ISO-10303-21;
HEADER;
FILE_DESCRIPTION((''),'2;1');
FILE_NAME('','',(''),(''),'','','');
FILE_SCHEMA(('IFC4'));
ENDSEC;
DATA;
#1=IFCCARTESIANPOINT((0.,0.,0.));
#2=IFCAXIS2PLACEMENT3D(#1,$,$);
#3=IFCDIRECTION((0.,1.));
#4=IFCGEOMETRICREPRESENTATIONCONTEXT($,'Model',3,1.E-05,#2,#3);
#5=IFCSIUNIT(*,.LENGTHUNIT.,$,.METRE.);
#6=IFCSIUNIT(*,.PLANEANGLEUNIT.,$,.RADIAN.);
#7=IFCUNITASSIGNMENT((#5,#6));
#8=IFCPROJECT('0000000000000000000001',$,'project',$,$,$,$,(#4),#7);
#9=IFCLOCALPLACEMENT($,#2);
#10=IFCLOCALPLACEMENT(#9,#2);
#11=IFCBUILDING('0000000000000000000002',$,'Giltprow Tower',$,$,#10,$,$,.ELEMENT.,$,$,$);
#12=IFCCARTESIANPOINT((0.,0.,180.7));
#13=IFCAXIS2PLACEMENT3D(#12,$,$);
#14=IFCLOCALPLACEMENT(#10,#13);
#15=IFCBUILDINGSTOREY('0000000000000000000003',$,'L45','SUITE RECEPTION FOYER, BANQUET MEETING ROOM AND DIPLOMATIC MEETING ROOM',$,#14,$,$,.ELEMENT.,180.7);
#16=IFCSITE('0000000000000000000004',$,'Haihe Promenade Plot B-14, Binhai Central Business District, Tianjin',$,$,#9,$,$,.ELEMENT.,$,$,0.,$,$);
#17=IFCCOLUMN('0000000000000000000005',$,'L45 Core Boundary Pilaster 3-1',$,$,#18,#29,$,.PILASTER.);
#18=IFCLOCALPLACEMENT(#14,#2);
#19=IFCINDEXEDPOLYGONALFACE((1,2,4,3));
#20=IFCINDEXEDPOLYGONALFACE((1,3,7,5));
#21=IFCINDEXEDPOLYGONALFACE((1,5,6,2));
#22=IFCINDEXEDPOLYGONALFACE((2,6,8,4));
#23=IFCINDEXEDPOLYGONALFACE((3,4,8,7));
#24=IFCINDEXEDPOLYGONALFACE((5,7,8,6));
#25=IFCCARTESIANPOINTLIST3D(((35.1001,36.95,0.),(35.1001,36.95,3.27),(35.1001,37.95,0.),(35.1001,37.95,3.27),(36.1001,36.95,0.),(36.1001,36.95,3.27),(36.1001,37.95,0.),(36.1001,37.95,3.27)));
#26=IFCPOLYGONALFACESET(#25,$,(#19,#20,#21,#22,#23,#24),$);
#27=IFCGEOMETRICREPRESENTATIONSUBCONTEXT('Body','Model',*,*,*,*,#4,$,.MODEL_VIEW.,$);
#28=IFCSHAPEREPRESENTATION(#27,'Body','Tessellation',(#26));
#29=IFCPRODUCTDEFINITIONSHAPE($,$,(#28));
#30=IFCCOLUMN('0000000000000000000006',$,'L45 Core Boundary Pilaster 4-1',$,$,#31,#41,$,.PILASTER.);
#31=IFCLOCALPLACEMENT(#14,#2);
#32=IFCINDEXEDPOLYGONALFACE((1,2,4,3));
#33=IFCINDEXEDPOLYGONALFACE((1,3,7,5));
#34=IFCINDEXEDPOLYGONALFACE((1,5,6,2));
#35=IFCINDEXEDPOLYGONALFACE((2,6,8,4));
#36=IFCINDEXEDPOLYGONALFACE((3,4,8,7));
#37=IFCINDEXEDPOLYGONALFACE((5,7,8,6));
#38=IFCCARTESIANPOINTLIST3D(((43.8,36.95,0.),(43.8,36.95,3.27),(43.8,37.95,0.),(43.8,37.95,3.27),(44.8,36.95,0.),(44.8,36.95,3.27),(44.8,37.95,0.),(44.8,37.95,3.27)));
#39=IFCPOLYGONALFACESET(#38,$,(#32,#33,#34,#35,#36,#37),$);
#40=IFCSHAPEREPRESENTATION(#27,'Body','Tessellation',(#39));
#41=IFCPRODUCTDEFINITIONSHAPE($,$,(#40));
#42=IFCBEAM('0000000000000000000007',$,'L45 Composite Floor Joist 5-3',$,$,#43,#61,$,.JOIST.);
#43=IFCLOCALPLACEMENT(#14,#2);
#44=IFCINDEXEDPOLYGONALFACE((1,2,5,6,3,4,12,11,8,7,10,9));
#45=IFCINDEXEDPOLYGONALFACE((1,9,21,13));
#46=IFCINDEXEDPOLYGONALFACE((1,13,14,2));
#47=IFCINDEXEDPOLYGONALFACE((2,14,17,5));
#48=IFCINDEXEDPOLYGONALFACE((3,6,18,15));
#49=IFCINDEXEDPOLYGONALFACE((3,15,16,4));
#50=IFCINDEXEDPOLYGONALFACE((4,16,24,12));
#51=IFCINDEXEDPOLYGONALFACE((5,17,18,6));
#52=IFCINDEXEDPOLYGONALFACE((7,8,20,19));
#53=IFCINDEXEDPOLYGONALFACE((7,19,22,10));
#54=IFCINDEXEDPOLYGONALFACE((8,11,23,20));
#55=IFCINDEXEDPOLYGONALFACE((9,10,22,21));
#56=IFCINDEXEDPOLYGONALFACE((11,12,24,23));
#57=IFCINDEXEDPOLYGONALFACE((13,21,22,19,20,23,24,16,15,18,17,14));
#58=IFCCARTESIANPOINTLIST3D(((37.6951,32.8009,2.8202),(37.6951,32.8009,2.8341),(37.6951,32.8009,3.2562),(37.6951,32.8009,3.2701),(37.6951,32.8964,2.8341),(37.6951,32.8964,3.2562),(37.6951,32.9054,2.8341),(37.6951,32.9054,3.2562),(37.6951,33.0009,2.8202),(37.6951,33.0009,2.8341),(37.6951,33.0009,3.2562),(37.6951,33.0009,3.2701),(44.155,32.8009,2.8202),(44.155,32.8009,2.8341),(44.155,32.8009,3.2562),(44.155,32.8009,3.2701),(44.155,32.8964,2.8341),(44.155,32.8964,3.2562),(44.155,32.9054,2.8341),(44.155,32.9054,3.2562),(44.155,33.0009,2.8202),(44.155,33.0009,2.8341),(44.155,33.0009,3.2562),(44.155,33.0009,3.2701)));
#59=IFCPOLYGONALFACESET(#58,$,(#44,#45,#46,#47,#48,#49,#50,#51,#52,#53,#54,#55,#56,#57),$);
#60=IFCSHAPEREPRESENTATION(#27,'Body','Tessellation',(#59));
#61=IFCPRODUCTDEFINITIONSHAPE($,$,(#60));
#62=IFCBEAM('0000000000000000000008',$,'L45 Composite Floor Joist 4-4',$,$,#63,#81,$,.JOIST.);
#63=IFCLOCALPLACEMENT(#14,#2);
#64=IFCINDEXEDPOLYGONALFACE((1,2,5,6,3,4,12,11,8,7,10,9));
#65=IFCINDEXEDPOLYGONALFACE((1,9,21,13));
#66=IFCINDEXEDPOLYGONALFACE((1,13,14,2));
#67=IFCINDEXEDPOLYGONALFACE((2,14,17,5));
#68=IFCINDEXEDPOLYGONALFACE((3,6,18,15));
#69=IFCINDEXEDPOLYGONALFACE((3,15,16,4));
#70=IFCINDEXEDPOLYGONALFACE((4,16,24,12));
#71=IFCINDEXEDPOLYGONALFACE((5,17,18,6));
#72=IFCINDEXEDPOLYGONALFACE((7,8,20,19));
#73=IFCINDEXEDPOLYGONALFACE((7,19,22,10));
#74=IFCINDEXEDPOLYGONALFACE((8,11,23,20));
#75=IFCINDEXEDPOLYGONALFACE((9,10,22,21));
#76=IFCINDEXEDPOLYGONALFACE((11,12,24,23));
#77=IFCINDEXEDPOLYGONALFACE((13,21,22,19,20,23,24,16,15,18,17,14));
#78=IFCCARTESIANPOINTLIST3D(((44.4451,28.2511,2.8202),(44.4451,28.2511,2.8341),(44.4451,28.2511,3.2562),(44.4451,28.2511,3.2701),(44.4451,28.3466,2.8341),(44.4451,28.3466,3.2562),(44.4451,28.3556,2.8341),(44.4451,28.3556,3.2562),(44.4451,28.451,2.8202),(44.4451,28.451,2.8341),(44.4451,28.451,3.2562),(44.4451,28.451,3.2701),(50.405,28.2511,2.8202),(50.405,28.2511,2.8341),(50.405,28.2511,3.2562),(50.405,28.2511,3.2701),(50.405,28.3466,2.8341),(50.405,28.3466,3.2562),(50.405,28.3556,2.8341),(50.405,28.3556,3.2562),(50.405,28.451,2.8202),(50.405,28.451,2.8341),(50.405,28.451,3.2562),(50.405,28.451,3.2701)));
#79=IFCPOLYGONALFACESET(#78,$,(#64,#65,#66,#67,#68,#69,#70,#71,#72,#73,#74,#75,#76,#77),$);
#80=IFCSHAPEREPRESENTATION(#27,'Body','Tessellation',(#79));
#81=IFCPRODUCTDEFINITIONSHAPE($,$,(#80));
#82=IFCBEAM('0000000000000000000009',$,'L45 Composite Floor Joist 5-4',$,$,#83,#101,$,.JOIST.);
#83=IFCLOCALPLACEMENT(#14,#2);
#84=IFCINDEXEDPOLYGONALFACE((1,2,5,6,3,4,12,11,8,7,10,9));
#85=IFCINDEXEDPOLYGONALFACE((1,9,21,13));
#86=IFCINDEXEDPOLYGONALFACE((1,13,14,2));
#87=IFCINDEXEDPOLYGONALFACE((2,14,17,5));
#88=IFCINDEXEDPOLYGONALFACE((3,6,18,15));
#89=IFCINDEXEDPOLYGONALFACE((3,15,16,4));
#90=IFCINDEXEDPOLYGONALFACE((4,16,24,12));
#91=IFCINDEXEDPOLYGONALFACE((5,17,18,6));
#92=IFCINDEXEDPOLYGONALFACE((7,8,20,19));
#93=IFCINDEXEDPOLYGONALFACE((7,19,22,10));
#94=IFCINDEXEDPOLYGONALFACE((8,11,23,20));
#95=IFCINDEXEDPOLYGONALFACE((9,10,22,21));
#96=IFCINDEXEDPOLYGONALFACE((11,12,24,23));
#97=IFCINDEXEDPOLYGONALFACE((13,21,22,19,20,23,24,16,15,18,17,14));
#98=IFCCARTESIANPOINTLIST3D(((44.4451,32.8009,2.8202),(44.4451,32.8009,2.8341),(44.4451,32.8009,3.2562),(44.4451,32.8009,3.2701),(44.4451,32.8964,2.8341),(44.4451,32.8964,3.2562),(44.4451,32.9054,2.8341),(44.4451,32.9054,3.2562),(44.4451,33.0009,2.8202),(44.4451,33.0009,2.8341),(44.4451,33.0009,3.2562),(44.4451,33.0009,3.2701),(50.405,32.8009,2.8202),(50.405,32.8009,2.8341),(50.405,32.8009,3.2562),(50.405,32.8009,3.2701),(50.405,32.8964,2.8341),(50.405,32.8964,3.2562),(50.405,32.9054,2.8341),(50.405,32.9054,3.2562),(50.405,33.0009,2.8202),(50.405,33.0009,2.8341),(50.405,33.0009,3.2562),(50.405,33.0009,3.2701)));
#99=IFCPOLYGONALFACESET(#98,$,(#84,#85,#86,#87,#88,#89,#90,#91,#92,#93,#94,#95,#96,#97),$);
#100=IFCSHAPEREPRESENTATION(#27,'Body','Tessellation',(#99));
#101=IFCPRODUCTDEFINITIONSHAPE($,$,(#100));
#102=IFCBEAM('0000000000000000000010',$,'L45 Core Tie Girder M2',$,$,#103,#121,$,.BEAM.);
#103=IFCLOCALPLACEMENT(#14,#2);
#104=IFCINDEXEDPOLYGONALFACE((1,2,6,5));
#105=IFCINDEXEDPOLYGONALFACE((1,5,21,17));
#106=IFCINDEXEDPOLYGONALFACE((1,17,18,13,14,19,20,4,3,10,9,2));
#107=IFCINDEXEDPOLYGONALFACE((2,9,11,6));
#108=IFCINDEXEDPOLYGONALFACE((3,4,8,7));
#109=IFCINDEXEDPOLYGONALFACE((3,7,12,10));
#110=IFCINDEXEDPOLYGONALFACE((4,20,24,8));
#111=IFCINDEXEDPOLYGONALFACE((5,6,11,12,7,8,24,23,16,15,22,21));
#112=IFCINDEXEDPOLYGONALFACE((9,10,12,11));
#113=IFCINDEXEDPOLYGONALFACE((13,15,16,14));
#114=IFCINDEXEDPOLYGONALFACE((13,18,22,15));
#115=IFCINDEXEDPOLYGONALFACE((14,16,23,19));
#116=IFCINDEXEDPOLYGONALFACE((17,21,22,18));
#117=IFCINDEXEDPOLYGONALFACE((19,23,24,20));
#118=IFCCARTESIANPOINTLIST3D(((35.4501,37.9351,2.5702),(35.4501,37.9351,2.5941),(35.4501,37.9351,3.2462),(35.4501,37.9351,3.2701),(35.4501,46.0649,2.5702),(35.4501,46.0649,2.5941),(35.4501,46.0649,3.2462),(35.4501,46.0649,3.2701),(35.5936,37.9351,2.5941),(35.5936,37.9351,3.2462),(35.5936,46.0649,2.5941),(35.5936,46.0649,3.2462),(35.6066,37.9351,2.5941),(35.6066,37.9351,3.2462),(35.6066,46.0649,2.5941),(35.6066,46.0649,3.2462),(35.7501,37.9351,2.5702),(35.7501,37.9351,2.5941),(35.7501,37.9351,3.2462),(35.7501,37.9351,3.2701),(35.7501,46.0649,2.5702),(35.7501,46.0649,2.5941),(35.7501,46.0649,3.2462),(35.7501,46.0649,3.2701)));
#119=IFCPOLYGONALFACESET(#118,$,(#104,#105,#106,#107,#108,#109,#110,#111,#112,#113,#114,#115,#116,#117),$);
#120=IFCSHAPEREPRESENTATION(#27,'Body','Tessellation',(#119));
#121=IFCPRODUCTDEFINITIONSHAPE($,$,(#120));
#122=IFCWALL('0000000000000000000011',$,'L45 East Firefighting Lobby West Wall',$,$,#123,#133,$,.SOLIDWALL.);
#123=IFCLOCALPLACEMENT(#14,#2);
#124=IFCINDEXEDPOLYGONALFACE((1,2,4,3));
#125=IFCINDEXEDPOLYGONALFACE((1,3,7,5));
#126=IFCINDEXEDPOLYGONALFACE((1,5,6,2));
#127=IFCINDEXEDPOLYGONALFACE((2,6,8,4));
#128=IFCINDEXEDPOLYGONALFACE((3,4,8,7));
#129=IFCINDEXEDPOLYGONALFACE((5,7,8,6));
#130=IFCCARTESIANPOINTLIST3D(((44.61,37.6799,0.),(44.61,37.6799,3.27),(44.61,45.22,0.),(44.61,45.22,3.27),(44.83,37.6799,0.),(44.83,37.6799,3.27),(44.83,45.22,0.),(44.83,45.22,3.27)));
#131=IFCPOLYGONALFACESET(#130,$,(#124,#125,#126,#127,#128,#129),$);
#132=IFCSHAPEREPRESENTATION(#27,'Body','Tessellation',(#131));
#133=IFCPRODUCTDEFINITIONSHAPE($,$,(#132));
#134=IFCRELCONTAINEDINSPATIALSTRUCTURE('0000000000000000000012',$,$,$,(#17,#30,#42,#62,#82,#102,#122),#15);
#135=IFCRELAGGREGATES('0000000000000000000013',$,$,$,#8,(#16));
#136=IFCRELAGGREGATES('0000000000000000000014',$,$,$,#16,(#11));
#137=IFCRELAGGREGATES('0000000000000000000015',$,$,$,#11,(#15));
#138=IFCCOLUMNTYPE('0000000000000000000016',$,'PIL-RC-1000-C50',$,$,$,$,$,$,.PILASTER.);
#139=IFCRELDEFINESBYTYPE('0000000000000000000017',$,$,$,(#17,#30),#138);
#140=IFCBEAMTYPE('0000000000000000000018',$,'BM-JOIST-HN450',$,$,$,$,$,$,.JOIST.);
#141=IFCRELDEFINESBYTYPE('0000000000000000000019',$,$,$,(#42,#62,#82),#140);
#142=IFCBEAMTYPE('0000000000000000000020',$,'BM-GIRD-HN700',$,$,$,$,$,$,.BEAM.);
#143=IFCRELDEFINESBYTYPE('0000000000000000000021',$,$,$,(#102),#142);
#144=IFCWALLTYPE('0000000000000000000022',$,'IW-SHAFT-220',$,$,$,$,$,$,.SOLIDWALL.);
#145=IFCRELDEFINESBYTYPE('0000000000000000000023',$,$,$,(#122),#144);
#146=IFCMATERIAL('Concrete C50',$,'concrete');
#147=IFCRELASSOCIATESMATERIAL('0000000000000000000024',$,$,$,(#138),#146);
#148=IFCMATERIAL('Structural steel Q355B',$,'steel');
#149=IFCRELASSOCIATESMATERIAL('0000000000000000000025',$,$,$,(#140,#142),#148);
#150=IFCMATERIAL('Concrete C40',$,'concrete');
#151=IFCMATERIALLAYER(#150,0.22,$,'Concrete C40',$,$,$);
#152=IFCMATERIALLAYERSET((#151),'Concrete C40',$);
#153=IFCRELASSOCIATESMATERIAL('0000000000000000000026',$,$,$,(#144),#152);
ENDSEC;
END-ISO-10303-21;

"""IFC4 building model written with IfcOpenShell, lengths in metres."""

from ifc_helpers import new_model, si_unit, direction, frame, frame_2d, origin, origin_2d, place, context, subcontext, project, spatial, rectangle, i_section, extrude, source, transform, mapped, material, layer, layer_set, material_profile, profile_set, type_object, element, save


model = new_model("IFC4")

# Units and contexts
model_context = context("Model", 3, precision=1e-05, world=origin(), true_north=direction((0.0, 1.0)))
body_context = subcontext(model_context, "Body", "Model", "MODEL_VIEW")
ifc_project = project(units=[si_unit("LENGTHUNIT", "METRE"), si_unit("PLANEANGLEUNIT", "RADIAN")], contexts=[model_context])

# Site, building, storey
site_placement = place(None, origin())
site = spatial("IfcSite", under=ifc_project, at=site_placement, Name="Haihe Promenade Plot B-14, Binhai Central Business District, Tianjin", CompositionType="ELEMENT", RefElevation=0.0)
building_placement = place(site_placement, origin())
building = spatial("IfcBuilding", under=site, at=building_placement, Name="Giltprow Tower", CompositionType="ELEMENT")
storey_placement = place(building_placement, frame((0.0, 0.0, 180.7)))
storey = spatial("IfcBuildingStorey", under=building, at=storey_placement, Name="L45", Description="SUITE RECEPTION FOYER, BANQUET MEETING ROOM AND DIPLOMATIC MEETING ROOM", CompositionType="ELEMENT", Elevation=180.7)

# Columns
ifc_material_1 = material(Name="Concrete C50", Category="concrete")
ifc_material_profile_1 = material_profile(ifc_material_1, rectangle(XDim=1.0, YDim=1.0, at=origin_2d()), Name="RC 1000x1000")
ifc_profile_set_1 = profile_set([ifc_material_profile_1], Name="Concrete C50")
column_type = type_object("IfcColumnType", Name="PIL-RC-1000-C50", PredefinedType="PILASTER", material=ifc_profile_set_1)
shared_shape_1 = source(origin(), body_context, "Body", "SweptSolid", [
    extrude(rectangle(XDim=1.0, YDim=1.0, at=origin_2d()), origin(), (0.0, 0.0, 1.0), 3.27),
])
for number, where, z_axis, x_axis, name in (
    (1, (35.6001, 37.45, 0.0), (0.0, 0.0, 1.0), (1.0, 0.0, 0.0), "L45 Core Boundary Pilaster 3-1"),
    (2, (44.3, 37.45, 0.0), (0.0, 0.0, 1.0), (1.0, 0.0, 0.0), "L45 Core Boundary Pilaster 4-1"),
):
    element("IfcColumn", number, at=place(storey_placement, frame(where, z_axis=z_axis, x_axis=x_axis)), inside=storey, type_object=column_type, Name=name, PredefinedType="PILASTER", context=body_context, shape_type="MappedRepresentation", body=[
        mapped(shared_shape_1, transform((0.0, 0.0, 0.0), x_axis=(1.0, 0.0, 0.0), y_axis=(0.0, 1.0, 0.0), z_axis=(0.0, 0.0, 1.0), scale=1.0)),
    ])

# Beams
ifc_material_2 = material(Name="Structural steel Q355B", Category="steel")
ifc_material_profile_2 = material_profile(ifc_material_2, i_section(OverallWidth=0.2, OverallDepth=0.45, WebThickness=0.009, FlangeThickness=0.0139, at=origin_2d()), Name="HN 450x200x9x14")
ifc_profile_set_2 = profile_set([ifc_material_profile_2], Name="Structural steel Q355B")
beam_type_1 = type_object("IfcBeamType", Name="BM-JOIST-HN450", PredefinedType="JOIST", material=ifc_profile_set_2)
shared_shape_2 = source(origin(), body_context, "Body", "SweptSolid", [
    extrude(i_section(OverallWidth=0.2, OverallDepth=0.45, WebThickness=0.009, FlangeThickness=0.0139, at=origin_2d()), origin(), (0.0, 0.0, 1.0), 6.46),
])
beam_1_placement = place(storey_placement, frame((37.6951, 32.9009, 3.0452), z_axis=(1.0, 0.0, 0.0), x_axis=(0.0, 1.0, 0.0)))
element("IfcBeam", 3, at=beam_1_placement, inside=storey, type_object=beam_type_1, Name="L45 Composite Floor Joist 5-3", PredefinedType="JOIST", context=body_context, shape_type="MappedRepresentation", body=[
    mapped(shared_shape_2, transform((0.0, 0.0, 0.0), x_axis=(1.0, 0.0, 0.0), y_axis=(0.0, 1.0, 0.0), z_axis=(0.0, 0.0, 1.0), scale=1.0)),
])
shared_shape_3 = source(origin(), body_context, "Body", "SweptSolid", [
    extrude(i_section(OverallWidth=0.2, OverallDepth=0.45, WebThickness=0.009, FlangeThickness=0.0139, at=origin_2d()), origin(), (0.0, 0.0, 1.0), 5.96),
])
for number, where, z_axis, x_axis, name in (
    (4, (44.4451, 28.3511, 3.0452), (1.0, 0.0, 0.0), (0.0, 1.0, 0.0), "L45 Composite Floor Joist 4-4"),
    (5, (44.4451, 32.9009, 3.0452), (1.0, 0.0, 0.0), (0.0, 1.0, 0.0), "L45 Composite Floor Joist 5-4"),
):
    element("IfcBeam", number, at=place(storey_placement, frame(where, z_axis=z_axis, x_axis=x_axis)), inside=storey, type_object=beam_type_1, Name=name, PredefinedType="JOIST", context=body_context, shape_type="MappedRepresentation", body=[
        mapped(shared_shape_3, transform((0.0, 0.0, 0.0), x_axis=(1.0, 0.0, 0.0), y_axis=(0.0, 1.0, 0.0), z_axis=(0.0, 0.0, 1.0), scale=1.0)),
    ])
ifc_material_profile_3 = material_profile(ifc_material_2, i_section(OverallWidth=0.3, OverallDepth=0.7, WebThickness=0.0129, FlangeThickness=0.0239, at=origin_2d()), Name="HN 700x300x13x24")
ifc_profile_set_3 = profile_set([ifc_material_profile_3], Name="Structural steel Q355B")
beam_type_2 = type_object("IfcBeamType", Name="BM-GIRD-HN700", PredefinedType="BEAM", material=ifc_profile_set_3)
shared_shape_4 = source(origin(), body_context, "Body", "SweptSolid", [
    extrude(i_section(OverallWidth=0.3, OverallDepth=0.7, WebThickness=0.0129, FlangeThickness=0.0239, at=origin_2d()), origin(), (0.0, 0.0, 1.0), 8.1299),
])
beam_2_placement = place(storey_placement, frame((35.6001, 37.9351, 2.9202), z_axis=(0.0, 1.0, 0.0), x_axis=(-1.0, 0.0, 0.0)))
element("IfcBeam", 6, at=beam_2_placement, inside=storey, type_object=beam_type_2, Name="L45 Core Tie Girder M2", PredefinedType="BEAM", context=body_context, shape_type="MappedRepresentation", body=[
    mapped(shared_shape_4, transform((0.0, 0.0, 0.0), x_axis=(1.0, 0.0, 0.0), y_axis=(0.0, 1.0, 0.0), z_axis=(0.0, 0.0, 1.0), scale=1.0)),
])

# Wall
ifc_material_3 = material(Name="Concrete C40", Category="concrete")
ifc_layer_1 = layer(ifc_material_3, 0.22, Name="Concrete C40")
ifc_layer_set_1 = layer_set([ifc_layer_1], Name="Concrete C40")
wall_type_1 = type_object("IfcWallType", Name="IW-SHAFT-220", PredefinedType="SOLIDWALL", material=ifc_layer_set_1)
wall_1_placement = place(storey_placement, frame((44.72, 37.6799, 0.0), z_axis=(0.0, 0.0, 1.0), x_axis=(0.0, 1.0, 0.0)))
element("IfcWall", 7, at=wall_1_placement, inside=storey, type_object=wall_type_1, Name="L45 East Firefighting Lobby West Wall", PredefinedType="SOLIDWALL", context=body_context, shape_type="SweptSolid", body=[
    extrude(rectangle(XDim=7.54, YDim=0.22, at=frame_2d((3.77, 0.0))), origin(), (0.0, 0.0, 1.0), 3.27),
])

save(model, "model.ifc")
